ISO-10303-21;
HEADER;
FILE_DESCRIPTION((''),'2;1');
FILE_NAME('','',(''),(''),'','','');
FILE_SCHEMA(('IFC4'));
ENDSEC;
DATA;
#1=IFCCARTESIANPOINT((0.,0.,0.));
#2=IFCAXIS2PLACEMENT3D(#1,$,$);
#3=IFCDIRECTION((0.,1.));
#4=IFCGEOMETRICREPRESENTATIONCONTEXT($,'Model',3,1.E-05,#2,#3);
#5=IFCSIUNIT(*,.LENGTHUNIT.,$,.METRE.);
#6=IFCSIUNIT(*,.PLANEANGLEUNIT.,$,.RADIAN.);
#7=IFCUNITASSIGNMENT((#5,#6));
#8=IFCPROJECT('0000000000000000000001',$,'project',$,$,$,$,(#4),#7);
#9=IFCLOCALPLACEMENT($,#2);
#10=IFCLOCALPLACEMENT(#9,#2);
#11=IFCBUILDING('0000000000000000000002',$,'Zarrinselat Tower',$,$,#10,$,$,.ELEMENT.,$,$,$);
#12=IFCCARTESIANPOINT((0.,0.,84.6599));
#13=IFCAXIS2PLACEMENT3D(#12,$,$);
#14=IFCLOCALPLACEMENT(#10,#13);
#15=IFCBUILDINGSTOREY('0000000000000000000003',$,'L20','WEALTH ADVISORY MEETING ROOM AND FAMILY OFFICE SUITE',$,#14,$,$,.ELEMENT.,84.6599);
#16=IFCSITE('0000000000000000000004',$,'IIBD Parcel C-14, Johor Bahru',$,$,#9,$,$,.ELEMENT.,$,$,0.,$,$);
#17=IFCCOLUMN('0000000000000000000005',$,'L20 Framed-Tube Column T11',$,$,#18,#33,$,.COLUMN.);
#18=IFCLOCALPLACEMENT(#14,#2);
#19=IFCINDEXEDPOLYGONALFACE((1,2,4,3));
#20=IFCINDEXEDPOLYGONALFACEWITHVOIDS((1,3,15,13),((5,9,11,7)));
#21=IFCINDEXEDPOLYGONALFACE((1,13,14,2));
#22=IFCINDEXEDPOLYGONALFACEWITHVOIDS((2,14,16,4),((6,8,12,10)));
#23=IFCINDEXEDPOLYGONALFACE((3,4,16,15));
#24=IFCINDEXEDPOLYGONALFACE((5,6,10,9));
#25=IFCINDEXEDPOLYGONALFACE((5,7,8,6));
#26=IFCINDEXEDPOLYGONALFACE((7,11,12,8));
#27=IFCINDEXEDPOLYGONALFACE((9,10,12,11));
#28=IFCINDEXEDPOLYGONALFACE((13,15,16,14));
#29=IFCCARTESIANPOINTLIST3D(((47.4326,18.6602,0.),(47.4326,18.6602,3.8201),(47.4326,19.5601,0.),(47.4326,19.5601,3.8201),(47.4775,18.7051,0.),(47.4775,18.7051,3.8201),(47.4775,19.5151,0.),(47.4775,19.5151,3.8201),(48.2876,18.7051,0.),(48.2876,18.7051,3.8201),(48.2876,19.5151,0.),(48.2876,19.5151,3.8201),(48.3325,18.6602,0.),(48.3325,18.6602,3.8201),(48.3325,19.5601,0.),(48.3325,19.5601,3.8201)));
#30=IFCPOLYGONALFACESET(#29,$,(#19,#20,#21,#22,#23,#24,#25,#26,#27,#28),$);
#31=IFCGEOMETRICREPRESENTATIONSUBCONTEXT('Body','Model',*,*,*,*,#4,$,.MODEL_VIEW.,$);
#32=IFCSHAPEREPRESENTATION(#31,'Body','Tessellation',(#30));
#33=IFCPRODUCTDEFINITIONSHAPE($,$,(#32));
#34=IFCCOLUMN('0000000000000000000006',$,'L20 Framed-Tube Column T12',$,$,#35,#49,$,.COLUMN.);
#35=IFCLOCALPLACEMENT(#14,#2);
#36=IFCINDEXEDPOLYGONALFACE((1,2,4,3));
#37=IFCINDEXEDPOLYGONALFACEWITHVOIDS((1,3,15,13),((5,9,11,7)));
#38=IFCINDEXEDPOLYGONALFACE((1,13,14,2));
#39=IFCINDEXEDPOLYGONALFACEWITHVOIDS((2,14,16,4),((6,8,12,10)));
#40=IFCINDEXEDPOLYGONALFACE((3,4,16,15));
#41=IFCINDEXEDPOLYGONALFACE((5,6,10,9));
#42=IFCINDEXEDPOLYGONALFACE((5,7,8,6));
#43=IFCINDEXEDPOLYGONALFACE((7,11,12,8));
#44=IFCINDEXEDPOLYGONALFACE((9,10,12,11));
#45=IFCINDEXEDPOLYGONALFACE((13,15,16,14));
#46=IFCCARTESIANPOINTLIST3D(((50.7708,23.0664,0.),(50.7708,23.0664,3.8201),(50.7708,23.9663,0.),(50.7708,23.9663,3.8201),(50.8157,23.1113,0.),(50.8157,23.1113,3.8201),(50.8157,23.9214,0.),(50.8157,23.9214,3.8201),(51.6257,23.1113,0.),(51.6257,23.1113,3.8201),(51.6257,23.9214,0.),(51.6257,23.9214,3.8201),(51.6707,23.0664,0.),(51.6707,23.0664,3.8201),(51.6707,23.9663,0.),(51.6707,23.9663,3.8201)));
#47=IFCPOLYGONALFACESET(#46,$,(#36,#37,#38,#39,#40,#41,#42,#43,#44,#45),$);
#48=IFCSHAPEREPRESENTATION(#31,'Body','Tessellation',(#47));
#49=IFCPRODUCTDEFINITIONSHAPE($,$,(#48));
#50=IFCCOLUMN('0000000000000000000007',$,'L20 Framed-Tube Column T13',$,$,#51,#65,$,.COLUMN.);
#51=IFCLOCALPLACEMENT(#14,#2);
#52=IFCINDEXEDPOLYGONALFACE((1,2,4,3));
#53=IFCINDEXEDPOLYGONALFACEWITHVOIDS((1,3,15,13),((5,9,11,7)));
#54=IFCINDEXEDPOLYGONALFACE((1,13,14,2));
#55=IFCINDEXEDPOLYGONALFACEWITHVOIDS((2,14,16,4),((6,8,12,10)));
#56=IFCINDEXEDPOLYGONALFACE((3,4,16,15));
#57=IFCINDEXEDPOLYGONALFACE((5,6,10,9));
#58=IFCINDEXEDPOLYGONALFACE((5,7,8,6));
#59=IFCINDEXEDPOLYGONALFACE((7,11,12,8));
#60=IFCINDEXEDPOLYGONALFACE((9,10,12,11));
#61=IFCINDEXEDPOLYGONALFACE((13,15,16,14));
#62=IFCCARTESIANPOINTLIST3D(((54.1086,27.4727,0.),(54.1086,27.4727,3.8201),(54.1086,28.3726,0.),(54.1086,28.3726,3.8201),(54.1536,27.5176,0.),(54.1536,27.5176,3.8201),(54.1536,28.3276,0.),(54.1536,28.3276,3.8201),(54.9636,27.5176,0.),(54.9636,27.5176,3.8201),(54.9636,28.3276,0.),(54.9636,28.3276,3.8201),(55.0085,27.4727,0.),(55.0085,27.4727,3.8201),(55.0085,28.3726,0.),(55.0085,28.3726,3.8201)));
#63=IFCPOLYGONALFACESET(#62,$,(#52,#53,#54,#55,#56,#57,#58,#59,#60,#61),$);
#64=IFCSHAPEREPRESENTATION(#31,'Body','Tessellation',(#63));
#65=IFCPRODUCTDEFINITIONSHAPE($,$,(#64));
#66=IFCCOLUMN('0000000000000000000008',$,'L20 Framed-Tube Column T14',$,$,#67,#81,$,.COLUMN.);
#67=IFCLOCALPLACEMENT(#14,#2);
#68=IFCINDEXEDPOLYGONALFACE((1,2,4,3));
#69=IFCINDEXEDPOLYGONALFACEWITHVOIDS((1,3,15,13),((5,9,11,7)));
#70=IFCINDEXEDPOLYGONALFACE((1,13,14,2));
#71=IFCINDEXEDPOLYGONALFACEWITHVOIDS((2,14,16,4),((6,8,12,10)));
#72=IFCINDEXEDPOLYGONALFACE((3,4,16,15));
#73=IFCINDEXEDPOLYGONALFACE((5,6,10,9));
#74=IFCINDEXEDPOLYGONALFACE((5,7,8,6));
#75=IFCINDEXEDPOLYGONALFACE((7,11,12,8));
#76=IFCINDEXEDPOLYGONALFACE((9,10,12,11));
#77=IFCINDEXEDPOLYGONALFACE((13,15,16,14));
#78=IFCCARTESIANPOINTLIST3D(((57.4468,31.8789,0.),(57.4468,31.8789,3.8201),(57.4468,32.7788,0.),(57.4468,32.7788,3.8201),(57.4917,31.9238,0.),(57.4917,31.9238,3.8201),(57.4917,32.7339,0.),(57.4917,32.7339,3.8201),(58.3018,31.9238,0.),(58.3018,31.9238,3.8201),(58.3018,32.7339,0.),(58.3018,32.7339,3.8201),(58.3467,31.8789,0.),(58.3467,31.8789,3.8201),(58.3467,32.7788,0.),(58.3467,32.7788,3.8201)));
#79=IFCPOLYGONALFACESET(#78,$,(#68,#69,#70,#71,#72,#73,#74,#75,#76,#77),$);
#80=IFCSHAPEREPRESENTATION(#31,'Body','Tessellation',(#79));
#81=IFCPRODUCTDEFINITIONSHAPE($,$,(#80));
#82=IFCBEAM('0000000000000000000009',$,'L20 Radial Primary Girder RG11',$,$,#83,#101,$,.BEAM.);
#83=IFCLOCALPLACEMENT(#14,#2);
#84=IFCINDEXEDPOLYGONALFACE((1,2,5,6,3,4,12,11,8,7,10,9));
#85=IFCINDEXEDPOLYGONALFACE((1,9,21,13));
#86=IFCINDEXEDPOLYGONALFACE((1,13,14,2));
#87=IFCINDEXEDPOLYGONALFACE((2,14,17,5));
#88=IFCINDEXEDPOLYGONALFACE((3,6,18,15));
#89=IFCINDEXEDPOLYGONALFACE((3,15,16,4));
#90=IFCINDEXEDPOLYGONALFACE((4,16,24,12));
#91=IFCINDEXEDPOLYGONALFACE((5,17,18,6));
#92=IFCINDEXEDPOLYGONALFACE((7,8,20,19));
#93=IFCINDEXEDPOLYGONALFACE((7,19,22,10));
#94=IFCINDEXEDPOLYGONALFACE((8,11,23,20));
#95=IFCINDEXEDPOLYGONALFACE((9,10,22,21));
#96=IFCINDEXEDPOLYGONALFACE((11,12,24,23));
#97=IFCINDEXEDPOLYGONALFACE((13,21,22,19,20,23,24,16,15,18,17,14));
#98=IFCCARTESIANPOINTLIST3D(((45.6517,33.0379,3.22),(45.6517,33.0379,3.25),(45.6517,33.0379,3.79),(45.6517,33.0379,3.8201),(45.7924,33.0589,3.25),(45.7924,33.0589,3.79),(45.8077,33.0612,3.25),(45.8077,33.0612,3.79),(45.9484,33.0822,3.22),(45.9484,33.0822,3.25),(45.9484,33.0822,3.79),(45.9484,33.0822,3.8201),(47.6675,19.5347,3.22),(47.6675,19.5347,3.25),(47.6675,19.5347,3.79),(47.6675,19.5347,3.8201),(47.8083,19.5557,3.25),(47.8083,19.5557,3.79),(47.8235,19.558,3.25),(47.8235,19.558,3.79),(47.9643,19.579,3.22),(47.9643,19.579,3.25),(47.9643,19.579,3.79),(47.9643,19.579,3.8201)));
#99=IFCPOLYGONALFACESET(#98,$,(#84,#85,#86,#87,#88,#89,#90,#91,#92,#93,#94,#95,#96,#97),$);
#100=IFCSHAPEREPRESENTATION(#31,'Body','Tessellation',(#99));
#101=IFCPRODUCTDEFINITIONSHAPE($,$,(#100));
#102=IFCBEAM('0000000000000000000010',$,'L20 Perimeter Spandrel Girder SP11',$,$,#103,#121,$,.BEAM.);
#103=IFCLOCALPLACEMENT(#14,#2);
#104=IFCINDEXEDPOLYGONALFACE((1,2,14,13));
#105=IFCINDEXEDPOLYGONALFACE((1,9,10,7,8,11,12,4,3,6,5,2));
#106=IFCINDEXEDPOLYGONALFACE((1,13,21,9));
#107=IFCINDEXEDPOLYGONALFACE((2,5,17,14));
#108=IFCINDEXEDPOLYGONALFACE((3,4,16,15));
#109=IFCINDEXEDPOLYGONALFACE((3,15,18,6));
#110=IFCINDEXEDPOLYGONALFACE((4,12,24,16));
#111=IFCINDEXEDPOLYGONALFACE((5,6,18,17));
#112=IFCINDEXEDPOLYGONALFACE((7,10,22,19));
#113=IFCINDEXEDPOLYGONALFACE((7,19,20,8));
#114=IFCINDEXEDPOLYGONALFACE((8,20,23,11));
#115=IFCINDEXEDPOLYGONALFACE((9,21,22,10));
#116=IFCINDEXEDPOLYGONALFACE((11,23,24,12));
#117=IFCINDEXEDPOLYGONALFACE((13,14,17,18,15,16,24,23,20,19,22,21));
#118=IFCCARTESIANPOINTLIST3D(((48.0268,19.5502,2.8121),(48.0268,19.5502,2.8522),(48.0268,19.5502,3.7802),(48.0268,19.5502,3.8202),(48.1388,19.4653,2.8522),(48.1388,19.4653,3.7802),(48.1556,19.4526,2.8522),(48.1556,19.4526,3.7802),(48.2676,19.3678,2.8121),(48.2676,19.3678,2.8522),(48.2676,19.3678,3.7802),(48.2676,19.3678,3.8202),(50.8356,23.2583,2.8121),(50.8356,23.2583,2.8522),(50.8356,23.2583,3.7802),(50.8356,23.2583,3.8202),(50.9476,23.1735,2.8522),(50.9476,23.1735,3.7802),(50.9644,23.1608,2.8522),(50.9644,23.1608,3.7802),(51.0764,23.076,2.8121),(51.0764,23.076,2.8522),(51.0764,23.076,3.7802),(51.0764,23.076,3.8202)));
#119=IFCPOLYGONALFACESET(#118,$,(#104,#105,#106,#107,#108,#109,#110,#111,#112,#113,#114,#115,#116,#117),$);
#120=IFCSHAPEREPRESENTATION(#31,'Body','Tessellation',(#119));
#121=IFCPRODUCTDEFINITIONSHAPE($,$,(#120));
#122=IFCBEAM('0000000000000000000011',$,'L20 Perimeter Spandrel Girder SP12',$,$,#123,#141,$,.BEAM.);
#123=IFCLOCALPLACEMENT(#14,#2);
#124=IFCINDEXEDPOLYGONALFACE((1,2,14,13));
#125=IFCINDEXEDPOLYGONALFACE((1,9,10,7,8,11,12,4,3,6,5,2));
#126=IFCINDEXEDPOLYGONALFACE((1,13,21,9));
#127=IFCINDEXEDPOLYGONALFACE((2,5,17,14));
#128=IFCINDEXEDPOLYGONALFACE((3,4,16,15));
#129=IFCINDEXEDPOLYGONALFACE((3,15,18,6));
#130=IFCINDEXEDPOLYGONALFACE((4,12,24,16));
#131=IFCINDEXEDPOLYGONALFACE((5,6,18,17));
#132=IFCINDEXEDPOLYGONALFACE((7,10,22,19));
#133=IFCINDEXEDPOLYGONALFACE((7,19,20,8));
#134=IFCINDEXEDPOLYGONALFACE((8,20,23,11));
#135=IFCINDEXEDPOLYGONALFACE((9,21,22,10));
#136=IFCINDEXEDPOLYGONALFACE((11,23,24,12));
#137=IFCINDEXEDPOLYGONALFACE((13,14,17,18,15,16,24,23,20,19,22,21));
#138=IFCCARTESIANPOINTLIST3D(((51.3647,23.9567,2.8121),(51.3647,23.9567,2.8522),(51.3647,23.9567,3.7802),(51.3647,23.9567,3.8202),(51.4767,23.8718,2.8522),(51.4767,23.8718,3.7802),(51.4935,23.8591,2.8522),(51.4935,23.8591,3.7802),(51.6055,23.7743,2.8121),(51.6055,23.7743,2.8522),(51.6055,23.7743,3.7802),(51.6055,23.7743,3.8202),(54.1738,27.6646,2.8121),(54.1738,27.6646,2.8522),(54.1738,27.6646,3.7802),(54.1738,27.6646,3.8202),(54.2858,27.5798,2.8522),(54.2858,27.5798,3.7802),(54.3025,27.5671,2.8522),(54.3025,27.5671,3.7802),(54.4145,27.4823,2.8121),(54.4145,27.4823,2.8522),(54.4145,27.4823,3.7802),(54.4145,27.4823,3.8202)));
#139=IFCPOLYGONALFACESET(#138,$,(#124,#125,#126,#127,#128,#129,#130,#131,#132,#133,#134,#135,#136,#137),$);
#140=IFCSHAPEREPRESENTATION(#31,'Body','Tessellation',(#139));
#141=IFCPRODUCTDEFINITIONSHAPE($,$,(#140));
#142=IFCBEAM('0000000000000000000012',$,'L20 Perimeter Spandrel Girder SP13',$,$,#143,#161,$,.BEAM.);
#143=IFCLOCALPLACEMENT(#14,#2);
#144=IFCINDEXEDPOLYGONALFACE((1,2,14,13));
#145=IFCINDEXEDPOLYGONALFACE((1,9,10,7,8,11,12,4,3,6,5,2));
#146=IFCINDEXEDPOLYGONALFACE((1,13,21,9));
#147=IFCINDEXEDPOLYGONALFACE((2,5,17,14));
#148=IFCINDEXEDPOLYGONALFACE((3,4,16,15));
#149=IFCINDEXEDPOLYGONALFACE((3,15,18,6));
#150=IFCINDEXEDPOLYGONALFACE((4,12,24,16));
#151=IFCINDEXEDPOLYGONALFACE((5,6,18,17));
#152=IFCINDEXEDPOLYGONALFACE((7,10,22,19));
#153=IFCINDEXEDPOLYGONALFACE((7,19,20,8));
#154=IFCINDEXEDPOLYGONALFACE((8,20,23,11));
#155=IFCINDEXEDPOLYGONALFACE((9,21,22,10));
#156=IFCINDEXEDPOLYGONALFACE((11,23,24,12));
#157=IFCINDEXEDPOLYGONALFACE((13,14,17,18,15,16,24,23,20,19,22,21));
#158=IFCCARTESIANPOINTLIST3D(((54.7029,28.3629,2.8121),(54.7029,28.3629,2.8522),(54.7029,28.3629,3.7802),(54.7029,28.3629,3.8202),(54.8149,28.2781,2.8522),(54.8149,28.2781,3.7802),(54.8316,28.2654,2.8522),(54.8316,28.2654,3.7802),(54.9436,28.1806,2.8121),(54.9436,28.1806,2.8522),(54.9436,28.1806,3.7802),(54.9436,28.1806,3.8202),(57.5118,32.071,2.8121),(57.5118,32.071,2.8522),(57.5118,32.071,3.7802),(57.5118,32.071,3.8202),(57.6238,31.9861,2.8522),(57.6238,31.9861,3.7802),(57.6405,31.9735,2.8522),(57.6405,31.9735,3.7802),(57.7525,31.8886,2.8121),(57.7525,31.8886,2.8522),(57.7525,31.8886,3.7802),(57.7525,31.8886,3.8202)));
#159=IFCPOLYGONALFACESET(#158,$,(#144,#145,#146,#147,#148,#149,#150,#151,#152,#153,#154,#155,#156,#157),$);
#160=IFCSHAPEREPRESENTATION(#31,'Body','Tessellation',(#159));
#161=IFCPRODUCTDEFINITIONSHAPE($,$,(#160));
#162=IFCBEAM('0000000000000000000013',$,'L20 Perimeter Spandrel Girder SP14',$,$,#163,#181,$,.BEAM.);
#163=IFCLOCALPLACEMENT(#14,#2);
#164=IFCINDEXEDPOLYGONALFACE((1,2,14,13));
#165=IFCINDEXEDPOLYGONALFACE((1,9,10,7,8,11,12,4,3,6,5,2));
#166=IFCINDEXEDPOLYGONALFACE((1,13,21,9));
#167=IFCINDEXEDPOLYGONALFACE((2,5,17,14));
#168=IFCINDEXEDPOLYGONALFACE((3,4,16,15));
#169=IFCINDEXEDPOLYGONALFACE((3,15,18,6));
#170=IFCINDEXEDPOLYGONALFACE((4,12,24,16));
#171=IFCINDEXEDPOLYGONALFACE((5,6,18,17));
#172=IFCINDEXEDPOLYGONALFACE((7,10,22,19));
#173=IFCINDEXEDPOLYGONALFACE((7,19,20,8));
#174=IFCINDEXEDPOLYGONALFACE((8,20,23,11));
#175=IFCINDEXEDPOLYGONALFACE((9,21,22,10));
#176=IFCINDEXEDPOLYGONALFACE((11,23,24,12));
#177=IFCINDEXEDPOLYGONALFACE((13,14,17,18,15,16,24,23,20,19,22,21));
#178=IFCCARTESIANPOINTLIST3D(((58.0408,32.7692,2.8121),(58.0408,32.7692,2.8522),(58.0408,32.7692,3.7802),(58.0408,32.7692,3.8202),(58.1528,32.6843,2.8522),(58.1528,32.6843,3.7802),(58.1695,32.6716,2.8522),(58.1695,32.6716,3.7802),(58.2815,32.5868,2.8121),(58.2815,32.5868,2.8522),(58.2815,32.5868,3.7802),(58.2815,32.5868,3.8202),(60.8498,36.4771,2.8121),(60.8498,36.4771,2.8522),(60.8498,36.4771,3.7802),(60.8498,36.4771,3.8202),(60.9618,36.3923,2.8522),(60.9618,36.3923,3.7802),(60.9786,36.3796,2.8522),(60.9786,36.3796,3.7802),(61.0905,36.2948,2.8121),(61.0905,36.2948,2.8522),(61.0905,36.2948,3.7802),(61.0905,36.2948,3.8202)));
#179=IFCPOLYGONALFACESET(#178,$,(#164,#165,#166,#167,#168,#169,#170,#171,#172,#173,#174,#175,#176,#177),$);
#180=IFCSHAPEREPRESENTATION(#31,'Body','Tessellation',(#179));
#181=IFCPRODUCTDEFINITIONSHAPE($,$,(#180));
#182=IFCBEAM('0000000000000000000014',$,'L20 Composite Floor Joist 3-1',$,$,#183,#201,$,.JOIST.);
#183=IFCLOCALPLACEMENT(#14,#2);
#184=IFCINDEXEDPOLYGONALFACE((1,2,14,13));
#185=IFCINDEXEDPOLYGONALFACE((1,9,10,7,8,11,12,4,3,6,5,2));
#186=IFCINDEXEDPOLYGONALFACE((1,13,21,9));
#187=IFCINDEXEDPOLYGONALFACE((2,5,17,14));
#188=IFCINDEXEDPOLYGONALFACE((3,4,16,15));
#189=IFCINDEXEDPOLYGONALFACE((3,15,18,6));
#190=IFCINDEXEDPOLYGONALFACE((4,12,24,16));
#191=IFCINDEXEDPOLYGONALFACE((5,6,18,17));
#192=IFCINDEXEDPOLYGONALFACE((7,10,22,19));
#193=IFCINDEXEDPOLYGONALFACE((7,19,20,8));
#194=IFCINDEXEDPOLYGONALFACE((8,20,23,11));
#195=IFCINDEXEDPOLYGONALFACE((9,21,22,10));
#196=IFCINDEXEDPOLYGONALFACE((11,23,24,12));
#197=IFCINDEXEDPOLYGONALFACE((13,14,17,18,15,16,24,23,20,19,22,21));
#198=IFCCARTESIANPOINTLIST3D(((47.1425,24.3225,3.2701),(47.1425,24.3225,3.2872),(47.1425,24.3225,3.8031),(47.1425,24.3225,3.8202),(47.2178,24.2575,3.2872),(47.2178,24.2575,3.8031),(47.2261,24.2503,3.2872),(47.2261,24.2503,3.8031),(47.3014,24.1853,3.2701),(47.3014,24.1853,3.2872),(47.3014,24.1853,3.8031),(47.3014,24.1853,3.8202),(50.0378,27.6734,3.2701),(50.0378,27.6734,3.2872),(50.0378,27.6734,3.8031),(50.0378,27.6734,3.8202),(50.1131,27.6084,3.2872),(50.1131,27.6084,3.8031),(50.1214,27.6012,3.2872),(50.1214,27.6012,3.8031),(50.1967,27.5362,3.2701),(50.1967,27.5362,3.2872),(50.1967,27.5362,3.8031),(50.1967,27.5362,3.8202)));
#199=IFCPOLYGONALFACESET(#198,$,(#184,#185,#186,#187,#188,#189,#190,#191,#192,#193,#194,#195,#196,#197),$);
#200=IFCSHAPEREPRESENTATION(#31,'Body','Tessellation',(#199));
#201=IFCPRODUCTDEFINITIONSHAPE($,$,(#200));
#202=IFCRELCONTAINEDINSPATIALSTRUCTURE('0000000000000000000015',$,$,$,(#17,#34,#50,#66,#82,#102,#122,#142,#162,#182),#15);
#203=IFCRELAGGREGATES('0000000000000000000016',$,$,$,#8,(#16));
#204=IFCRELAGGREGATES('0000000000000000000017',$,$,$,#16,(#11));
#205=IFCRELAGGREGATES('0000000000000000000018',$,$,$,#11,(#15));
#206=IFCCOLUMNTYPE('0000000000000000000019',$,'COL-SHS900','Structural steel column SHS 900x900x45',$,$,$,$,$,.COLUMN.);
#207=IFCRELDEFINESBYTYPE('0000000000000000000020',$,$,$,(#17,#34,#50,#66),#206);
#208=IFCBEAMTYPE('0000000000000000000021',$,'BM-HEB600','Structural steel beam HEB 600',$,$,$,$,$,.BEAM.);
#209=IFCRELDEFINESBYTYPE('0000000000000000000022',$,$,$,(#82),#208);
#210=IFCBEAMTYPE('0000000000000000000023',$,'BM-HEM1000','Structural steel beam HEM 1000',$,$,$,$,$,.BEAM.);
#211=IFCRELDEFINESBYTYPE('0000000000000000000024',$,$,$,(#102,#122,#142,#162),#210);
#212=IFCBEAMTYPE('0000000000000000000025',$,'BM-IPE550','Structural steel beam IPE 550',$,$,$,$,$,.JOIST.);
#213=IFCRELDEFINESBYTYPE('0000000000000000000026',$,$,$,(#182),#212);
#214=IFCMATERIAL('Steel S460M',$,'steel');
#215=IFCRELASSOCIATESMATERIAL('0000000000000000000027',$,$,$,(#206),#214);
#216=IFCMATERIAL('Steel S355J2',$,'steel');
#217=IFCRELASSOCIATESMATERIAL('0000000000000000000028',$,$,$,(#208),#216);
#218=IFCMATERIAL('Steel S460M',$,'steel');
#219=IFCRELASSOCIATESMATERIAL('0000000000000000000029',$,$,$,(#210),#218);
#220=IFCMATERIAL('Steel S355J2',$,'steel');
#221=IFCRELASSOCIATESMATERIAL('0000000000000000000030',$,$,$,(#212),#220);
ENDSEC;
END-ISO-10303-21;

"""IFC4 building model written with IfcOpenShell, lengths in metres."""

from ifc_helpers import new_model, si_unit, direction, frame, origin, origin_2d, place, context, subcontext, project, spatial, hollow_rectangle, i_section, extrude, material, material_profile, profile_set, type_object, element, save


model = new_model("IFC4")

# Units and contexts
model_context = context("Model", 3, precision=1e-05, world=origin(), true_north=direction((0.0, 1.0)))
body_context = subcontext(model_context, "Body", "Model", "MODEL_VIEW")
ifc_project = project(units=[si_unit("LENGTHUNIT", "METRE"), si_unit("PLANEANGLEUNIT", "RADIAN")], contexts=[model_context])

# Site, building, storey
site_placement = place(None, origin())
site = spatial("IfcSite", under=ifc_project, at=site_placement, Name="IIBD Parcel C-14, Johor Bahru", CompositionType="ELEMENT", RefElevation=0.0)
building_placement = place(site_placement, origin())
building = spatial("IfcBuilding", under=site, at=building_placement, Name="Zarrinselat Tower", CompositionType="ELEMENT")
storey_placement = place(building_placement, frame((0.0, 0.0, 84.6599)))
storey = spatial("IfcBuildingStorey", under=building, at=storey_placement, Name="L20", Description="WEALTH ADVISORY MEETING ROOM AND FAMILY OFFICE SUITE", CompositionType="ELEMENT", Elevation=84.6599)

# Columns
ifc_material_1 = material(Name="Steel S460M", Category="steel")
ifc_material_profile_1 = material_profile(ifc_material_1, hollow_rectangle(XDim=0.8999, YDim=0.8999, WallThickness=0.0449, at=origin_2d()), Name="SHS 900x900x45")
ifc_profile_set_1 = profile_set([ifc_material_profile_1], Name="Steel S460M")
column_type = type_object("IfcColumnType", Name="COL-SHS900", Description="Structural steel column SHS 900x900x45", PredefinedType="COLUMN", material=ifc_profile_set_1)
for number, where, z_axis, x_axis, name in (
    (1, (47.8826, 19.1101, 0.0), (0.0, 0.0, 1.0), (1.0, 0.0, 0.0), "L20 Framed-Tube Column T11"),
    (2, (51.2207, 23.5164, 0.0), (0.0, 0.0, 1.0), (1.0, 0.0, 0.0), "L20 Framed-Tube Column T12"),
    (3, (54.5586, 27.9226, 0.0), (0.0, 0.0, 1.0), (1.0, 0.0, 0.0), "L20 Framed-Tube Column T13"),
    (4, (57.8967, 32.3289, 0.0), (0.0, 0.0, 1.0), (1.0, 0.0, 0.0), "L20 Framed-Tube Column T14"),
):
    element("IfcColumn", number, at=place(storey_placement, frame(where, z_axis=z_axis, x_axis=x_axis)), inside=storey, type_object=column_type, Name=name, PredefinedType="COLUMN", context=body_context, shape_type="SweptSolid", body=[
        extrude(hollow_rectangle(XDim=0.8999, YDim=0.8999, WallThickness=0.0449, at=origin_2d()), origin(), (0.0, 0.0, 1.0), 3.8201),
    ])

# Beams
ifc_material_2 = material(Name="Steel S355J2", Category="steel")
ifc_material_profile_2 = material_profile(ifc_material_2, i_section(OverallWidth=0.3, OverallDepth=0.6001, WebThickness=0.0154, FlangeThickness=0.03, at=origin_2d()), Name="HEB 600")
ifc_profile_set_2 = profile_set([ifc_material_profile_2], Name="Steel S355J2")
beam_type_1 = type_object("IfcBeamType", Name="BM-HEB600", Description="Structural steel beam HEB 600", PredefinedType="BEAM", material=ifc_profile_set_2)
beam_1_placement = place(storey_placement, frame((45.8, 33.0601, 3.52), z_axis=(0.147652, -0.989039, 0.0), x_axis=(0.989039, 0.147652, 0.0)))
element("IfcBeam", 5, at=beam_1_placement, inside=storey, type_object=beam_type_1, Name="L20 Radial Primary Girder RG11", PredefinedType="BEAM", context=body_context, shape_type="SweptSolid", body=[
    extrude(i_section(OverallWidth=0.3, OverallDepth=0.6001, WebThickness=0.0154, FlangeThickness=0.03, at=origin_2d()), origin(), (0.0, 0.0, 1.0), 13.6528),
])
ifc_material_3 = material(Name="Steel S460M", Category="steel")
ifc_material_profile_3 = material_profile(ifc_material_3, i_section(OverallWidth=0.302, OverallDepth=1.0081, WebThickness=0.021, FlangeThickness=0.04, at=origin_2d()), Name="HEM 1000")
ifc_profile_set_3 = profile_set([ifc_material_profile_3], Name="Steel S460M")
beam_type_2 = type_object("IfcBeamType", Name="BM-HEM1000", Description="Structural steel beam HEM 1000", PredefinedType="BEAM", material=ifc_profile_set_3)
for number, where, z_axis, x_axis, name in (
    (6, (48.1472, 19.459, 3.3162), (0.603797, 0.797138, 0.0), (-0.797138, 0.603797, 0.0), "L20 Perimeter Spandrel Girder SP11"),
    (7, (51.4851, 23.8655, 3.3162), (0.603856, 0.797094, 0.0), (-0.797094, 0.603856, 0.0), "L20 Perimeter Spandrel Girder SP12"),
    (8, (54.8232, 28.2717, 3.3162), (0.603822, 0.797119, 0.0), (-0.797119, 0.603822, 0.0), "L20 Perimeter Spandrel Girder SP13"),
    (9, (58.1611, 32.678, 3.3162), (0.603856, 0.797094, 0.0), (-0.797094, 0.603856, 0.0), "L20 Perimeter Spandrel Girder SP14"),
):
    element("IfcBeam", number, at=place(storey_placement, frame(where, z_axis=z_axis, x_axis=x_axis)), inside=storey, type_object=beam_type_2, Name=name, PredefinedType="BEAM", context=body_context, shape_type="SweptSolid", body=[
        extrude(i_section(OverallWidth=0.302, OverallDepth=1.0081, WebThickness=0.021, FlangeThickness=0.04, at=origin_2d()), origin(), (0.0, 0.0, 1.0), 4.6519),
    ])
ifc_material_4 = material(Name="Steel S355J2", Category="steel")
ifc_material_profile_4 = material_profile(ifc_material_4, i_section(OverallWidth=0.21, OverallDepth=0.55, WebThickness=0.011, FlangeThickness=0.0171, at=origin_2d()), Name="IPE 550")
ifc_profile_set_4 = profile_set([ifc_material_profile_4], Name="Steel S355J2")
beam_type_3 = type_object("IfcBeamType", Name="BM-IPE550", Description="Structural steel beam IPE 550", PredefinedType="JOIST", material=ifc_profile_set_4)
beam_2_placement = place(storey_placement, frame((47.2219, 24.2539, 3.5452), z_axis=(0.653796, 0.756671, 0.0), x_axis=(-0.756671, 0.653796, 0.0)))
element("IfcBeam", 10, at=beam_2_placement, inside=storey, type_object=beam_type_3, Name="L20 Composite Floor Joist 3-1", PredefinedType="JOIST", context=body_context, shape_type="SweptSolid", body=[
    extrude(i_section(OverallWidth=0.21, OverallDepth=0.55, WebThickness=0.011, FlangeThickness=0.0171, at=origin_2d()), origin(), (0.0, 0.0, 1.0), 4.4285),
])

save(model, "model.ifc")
